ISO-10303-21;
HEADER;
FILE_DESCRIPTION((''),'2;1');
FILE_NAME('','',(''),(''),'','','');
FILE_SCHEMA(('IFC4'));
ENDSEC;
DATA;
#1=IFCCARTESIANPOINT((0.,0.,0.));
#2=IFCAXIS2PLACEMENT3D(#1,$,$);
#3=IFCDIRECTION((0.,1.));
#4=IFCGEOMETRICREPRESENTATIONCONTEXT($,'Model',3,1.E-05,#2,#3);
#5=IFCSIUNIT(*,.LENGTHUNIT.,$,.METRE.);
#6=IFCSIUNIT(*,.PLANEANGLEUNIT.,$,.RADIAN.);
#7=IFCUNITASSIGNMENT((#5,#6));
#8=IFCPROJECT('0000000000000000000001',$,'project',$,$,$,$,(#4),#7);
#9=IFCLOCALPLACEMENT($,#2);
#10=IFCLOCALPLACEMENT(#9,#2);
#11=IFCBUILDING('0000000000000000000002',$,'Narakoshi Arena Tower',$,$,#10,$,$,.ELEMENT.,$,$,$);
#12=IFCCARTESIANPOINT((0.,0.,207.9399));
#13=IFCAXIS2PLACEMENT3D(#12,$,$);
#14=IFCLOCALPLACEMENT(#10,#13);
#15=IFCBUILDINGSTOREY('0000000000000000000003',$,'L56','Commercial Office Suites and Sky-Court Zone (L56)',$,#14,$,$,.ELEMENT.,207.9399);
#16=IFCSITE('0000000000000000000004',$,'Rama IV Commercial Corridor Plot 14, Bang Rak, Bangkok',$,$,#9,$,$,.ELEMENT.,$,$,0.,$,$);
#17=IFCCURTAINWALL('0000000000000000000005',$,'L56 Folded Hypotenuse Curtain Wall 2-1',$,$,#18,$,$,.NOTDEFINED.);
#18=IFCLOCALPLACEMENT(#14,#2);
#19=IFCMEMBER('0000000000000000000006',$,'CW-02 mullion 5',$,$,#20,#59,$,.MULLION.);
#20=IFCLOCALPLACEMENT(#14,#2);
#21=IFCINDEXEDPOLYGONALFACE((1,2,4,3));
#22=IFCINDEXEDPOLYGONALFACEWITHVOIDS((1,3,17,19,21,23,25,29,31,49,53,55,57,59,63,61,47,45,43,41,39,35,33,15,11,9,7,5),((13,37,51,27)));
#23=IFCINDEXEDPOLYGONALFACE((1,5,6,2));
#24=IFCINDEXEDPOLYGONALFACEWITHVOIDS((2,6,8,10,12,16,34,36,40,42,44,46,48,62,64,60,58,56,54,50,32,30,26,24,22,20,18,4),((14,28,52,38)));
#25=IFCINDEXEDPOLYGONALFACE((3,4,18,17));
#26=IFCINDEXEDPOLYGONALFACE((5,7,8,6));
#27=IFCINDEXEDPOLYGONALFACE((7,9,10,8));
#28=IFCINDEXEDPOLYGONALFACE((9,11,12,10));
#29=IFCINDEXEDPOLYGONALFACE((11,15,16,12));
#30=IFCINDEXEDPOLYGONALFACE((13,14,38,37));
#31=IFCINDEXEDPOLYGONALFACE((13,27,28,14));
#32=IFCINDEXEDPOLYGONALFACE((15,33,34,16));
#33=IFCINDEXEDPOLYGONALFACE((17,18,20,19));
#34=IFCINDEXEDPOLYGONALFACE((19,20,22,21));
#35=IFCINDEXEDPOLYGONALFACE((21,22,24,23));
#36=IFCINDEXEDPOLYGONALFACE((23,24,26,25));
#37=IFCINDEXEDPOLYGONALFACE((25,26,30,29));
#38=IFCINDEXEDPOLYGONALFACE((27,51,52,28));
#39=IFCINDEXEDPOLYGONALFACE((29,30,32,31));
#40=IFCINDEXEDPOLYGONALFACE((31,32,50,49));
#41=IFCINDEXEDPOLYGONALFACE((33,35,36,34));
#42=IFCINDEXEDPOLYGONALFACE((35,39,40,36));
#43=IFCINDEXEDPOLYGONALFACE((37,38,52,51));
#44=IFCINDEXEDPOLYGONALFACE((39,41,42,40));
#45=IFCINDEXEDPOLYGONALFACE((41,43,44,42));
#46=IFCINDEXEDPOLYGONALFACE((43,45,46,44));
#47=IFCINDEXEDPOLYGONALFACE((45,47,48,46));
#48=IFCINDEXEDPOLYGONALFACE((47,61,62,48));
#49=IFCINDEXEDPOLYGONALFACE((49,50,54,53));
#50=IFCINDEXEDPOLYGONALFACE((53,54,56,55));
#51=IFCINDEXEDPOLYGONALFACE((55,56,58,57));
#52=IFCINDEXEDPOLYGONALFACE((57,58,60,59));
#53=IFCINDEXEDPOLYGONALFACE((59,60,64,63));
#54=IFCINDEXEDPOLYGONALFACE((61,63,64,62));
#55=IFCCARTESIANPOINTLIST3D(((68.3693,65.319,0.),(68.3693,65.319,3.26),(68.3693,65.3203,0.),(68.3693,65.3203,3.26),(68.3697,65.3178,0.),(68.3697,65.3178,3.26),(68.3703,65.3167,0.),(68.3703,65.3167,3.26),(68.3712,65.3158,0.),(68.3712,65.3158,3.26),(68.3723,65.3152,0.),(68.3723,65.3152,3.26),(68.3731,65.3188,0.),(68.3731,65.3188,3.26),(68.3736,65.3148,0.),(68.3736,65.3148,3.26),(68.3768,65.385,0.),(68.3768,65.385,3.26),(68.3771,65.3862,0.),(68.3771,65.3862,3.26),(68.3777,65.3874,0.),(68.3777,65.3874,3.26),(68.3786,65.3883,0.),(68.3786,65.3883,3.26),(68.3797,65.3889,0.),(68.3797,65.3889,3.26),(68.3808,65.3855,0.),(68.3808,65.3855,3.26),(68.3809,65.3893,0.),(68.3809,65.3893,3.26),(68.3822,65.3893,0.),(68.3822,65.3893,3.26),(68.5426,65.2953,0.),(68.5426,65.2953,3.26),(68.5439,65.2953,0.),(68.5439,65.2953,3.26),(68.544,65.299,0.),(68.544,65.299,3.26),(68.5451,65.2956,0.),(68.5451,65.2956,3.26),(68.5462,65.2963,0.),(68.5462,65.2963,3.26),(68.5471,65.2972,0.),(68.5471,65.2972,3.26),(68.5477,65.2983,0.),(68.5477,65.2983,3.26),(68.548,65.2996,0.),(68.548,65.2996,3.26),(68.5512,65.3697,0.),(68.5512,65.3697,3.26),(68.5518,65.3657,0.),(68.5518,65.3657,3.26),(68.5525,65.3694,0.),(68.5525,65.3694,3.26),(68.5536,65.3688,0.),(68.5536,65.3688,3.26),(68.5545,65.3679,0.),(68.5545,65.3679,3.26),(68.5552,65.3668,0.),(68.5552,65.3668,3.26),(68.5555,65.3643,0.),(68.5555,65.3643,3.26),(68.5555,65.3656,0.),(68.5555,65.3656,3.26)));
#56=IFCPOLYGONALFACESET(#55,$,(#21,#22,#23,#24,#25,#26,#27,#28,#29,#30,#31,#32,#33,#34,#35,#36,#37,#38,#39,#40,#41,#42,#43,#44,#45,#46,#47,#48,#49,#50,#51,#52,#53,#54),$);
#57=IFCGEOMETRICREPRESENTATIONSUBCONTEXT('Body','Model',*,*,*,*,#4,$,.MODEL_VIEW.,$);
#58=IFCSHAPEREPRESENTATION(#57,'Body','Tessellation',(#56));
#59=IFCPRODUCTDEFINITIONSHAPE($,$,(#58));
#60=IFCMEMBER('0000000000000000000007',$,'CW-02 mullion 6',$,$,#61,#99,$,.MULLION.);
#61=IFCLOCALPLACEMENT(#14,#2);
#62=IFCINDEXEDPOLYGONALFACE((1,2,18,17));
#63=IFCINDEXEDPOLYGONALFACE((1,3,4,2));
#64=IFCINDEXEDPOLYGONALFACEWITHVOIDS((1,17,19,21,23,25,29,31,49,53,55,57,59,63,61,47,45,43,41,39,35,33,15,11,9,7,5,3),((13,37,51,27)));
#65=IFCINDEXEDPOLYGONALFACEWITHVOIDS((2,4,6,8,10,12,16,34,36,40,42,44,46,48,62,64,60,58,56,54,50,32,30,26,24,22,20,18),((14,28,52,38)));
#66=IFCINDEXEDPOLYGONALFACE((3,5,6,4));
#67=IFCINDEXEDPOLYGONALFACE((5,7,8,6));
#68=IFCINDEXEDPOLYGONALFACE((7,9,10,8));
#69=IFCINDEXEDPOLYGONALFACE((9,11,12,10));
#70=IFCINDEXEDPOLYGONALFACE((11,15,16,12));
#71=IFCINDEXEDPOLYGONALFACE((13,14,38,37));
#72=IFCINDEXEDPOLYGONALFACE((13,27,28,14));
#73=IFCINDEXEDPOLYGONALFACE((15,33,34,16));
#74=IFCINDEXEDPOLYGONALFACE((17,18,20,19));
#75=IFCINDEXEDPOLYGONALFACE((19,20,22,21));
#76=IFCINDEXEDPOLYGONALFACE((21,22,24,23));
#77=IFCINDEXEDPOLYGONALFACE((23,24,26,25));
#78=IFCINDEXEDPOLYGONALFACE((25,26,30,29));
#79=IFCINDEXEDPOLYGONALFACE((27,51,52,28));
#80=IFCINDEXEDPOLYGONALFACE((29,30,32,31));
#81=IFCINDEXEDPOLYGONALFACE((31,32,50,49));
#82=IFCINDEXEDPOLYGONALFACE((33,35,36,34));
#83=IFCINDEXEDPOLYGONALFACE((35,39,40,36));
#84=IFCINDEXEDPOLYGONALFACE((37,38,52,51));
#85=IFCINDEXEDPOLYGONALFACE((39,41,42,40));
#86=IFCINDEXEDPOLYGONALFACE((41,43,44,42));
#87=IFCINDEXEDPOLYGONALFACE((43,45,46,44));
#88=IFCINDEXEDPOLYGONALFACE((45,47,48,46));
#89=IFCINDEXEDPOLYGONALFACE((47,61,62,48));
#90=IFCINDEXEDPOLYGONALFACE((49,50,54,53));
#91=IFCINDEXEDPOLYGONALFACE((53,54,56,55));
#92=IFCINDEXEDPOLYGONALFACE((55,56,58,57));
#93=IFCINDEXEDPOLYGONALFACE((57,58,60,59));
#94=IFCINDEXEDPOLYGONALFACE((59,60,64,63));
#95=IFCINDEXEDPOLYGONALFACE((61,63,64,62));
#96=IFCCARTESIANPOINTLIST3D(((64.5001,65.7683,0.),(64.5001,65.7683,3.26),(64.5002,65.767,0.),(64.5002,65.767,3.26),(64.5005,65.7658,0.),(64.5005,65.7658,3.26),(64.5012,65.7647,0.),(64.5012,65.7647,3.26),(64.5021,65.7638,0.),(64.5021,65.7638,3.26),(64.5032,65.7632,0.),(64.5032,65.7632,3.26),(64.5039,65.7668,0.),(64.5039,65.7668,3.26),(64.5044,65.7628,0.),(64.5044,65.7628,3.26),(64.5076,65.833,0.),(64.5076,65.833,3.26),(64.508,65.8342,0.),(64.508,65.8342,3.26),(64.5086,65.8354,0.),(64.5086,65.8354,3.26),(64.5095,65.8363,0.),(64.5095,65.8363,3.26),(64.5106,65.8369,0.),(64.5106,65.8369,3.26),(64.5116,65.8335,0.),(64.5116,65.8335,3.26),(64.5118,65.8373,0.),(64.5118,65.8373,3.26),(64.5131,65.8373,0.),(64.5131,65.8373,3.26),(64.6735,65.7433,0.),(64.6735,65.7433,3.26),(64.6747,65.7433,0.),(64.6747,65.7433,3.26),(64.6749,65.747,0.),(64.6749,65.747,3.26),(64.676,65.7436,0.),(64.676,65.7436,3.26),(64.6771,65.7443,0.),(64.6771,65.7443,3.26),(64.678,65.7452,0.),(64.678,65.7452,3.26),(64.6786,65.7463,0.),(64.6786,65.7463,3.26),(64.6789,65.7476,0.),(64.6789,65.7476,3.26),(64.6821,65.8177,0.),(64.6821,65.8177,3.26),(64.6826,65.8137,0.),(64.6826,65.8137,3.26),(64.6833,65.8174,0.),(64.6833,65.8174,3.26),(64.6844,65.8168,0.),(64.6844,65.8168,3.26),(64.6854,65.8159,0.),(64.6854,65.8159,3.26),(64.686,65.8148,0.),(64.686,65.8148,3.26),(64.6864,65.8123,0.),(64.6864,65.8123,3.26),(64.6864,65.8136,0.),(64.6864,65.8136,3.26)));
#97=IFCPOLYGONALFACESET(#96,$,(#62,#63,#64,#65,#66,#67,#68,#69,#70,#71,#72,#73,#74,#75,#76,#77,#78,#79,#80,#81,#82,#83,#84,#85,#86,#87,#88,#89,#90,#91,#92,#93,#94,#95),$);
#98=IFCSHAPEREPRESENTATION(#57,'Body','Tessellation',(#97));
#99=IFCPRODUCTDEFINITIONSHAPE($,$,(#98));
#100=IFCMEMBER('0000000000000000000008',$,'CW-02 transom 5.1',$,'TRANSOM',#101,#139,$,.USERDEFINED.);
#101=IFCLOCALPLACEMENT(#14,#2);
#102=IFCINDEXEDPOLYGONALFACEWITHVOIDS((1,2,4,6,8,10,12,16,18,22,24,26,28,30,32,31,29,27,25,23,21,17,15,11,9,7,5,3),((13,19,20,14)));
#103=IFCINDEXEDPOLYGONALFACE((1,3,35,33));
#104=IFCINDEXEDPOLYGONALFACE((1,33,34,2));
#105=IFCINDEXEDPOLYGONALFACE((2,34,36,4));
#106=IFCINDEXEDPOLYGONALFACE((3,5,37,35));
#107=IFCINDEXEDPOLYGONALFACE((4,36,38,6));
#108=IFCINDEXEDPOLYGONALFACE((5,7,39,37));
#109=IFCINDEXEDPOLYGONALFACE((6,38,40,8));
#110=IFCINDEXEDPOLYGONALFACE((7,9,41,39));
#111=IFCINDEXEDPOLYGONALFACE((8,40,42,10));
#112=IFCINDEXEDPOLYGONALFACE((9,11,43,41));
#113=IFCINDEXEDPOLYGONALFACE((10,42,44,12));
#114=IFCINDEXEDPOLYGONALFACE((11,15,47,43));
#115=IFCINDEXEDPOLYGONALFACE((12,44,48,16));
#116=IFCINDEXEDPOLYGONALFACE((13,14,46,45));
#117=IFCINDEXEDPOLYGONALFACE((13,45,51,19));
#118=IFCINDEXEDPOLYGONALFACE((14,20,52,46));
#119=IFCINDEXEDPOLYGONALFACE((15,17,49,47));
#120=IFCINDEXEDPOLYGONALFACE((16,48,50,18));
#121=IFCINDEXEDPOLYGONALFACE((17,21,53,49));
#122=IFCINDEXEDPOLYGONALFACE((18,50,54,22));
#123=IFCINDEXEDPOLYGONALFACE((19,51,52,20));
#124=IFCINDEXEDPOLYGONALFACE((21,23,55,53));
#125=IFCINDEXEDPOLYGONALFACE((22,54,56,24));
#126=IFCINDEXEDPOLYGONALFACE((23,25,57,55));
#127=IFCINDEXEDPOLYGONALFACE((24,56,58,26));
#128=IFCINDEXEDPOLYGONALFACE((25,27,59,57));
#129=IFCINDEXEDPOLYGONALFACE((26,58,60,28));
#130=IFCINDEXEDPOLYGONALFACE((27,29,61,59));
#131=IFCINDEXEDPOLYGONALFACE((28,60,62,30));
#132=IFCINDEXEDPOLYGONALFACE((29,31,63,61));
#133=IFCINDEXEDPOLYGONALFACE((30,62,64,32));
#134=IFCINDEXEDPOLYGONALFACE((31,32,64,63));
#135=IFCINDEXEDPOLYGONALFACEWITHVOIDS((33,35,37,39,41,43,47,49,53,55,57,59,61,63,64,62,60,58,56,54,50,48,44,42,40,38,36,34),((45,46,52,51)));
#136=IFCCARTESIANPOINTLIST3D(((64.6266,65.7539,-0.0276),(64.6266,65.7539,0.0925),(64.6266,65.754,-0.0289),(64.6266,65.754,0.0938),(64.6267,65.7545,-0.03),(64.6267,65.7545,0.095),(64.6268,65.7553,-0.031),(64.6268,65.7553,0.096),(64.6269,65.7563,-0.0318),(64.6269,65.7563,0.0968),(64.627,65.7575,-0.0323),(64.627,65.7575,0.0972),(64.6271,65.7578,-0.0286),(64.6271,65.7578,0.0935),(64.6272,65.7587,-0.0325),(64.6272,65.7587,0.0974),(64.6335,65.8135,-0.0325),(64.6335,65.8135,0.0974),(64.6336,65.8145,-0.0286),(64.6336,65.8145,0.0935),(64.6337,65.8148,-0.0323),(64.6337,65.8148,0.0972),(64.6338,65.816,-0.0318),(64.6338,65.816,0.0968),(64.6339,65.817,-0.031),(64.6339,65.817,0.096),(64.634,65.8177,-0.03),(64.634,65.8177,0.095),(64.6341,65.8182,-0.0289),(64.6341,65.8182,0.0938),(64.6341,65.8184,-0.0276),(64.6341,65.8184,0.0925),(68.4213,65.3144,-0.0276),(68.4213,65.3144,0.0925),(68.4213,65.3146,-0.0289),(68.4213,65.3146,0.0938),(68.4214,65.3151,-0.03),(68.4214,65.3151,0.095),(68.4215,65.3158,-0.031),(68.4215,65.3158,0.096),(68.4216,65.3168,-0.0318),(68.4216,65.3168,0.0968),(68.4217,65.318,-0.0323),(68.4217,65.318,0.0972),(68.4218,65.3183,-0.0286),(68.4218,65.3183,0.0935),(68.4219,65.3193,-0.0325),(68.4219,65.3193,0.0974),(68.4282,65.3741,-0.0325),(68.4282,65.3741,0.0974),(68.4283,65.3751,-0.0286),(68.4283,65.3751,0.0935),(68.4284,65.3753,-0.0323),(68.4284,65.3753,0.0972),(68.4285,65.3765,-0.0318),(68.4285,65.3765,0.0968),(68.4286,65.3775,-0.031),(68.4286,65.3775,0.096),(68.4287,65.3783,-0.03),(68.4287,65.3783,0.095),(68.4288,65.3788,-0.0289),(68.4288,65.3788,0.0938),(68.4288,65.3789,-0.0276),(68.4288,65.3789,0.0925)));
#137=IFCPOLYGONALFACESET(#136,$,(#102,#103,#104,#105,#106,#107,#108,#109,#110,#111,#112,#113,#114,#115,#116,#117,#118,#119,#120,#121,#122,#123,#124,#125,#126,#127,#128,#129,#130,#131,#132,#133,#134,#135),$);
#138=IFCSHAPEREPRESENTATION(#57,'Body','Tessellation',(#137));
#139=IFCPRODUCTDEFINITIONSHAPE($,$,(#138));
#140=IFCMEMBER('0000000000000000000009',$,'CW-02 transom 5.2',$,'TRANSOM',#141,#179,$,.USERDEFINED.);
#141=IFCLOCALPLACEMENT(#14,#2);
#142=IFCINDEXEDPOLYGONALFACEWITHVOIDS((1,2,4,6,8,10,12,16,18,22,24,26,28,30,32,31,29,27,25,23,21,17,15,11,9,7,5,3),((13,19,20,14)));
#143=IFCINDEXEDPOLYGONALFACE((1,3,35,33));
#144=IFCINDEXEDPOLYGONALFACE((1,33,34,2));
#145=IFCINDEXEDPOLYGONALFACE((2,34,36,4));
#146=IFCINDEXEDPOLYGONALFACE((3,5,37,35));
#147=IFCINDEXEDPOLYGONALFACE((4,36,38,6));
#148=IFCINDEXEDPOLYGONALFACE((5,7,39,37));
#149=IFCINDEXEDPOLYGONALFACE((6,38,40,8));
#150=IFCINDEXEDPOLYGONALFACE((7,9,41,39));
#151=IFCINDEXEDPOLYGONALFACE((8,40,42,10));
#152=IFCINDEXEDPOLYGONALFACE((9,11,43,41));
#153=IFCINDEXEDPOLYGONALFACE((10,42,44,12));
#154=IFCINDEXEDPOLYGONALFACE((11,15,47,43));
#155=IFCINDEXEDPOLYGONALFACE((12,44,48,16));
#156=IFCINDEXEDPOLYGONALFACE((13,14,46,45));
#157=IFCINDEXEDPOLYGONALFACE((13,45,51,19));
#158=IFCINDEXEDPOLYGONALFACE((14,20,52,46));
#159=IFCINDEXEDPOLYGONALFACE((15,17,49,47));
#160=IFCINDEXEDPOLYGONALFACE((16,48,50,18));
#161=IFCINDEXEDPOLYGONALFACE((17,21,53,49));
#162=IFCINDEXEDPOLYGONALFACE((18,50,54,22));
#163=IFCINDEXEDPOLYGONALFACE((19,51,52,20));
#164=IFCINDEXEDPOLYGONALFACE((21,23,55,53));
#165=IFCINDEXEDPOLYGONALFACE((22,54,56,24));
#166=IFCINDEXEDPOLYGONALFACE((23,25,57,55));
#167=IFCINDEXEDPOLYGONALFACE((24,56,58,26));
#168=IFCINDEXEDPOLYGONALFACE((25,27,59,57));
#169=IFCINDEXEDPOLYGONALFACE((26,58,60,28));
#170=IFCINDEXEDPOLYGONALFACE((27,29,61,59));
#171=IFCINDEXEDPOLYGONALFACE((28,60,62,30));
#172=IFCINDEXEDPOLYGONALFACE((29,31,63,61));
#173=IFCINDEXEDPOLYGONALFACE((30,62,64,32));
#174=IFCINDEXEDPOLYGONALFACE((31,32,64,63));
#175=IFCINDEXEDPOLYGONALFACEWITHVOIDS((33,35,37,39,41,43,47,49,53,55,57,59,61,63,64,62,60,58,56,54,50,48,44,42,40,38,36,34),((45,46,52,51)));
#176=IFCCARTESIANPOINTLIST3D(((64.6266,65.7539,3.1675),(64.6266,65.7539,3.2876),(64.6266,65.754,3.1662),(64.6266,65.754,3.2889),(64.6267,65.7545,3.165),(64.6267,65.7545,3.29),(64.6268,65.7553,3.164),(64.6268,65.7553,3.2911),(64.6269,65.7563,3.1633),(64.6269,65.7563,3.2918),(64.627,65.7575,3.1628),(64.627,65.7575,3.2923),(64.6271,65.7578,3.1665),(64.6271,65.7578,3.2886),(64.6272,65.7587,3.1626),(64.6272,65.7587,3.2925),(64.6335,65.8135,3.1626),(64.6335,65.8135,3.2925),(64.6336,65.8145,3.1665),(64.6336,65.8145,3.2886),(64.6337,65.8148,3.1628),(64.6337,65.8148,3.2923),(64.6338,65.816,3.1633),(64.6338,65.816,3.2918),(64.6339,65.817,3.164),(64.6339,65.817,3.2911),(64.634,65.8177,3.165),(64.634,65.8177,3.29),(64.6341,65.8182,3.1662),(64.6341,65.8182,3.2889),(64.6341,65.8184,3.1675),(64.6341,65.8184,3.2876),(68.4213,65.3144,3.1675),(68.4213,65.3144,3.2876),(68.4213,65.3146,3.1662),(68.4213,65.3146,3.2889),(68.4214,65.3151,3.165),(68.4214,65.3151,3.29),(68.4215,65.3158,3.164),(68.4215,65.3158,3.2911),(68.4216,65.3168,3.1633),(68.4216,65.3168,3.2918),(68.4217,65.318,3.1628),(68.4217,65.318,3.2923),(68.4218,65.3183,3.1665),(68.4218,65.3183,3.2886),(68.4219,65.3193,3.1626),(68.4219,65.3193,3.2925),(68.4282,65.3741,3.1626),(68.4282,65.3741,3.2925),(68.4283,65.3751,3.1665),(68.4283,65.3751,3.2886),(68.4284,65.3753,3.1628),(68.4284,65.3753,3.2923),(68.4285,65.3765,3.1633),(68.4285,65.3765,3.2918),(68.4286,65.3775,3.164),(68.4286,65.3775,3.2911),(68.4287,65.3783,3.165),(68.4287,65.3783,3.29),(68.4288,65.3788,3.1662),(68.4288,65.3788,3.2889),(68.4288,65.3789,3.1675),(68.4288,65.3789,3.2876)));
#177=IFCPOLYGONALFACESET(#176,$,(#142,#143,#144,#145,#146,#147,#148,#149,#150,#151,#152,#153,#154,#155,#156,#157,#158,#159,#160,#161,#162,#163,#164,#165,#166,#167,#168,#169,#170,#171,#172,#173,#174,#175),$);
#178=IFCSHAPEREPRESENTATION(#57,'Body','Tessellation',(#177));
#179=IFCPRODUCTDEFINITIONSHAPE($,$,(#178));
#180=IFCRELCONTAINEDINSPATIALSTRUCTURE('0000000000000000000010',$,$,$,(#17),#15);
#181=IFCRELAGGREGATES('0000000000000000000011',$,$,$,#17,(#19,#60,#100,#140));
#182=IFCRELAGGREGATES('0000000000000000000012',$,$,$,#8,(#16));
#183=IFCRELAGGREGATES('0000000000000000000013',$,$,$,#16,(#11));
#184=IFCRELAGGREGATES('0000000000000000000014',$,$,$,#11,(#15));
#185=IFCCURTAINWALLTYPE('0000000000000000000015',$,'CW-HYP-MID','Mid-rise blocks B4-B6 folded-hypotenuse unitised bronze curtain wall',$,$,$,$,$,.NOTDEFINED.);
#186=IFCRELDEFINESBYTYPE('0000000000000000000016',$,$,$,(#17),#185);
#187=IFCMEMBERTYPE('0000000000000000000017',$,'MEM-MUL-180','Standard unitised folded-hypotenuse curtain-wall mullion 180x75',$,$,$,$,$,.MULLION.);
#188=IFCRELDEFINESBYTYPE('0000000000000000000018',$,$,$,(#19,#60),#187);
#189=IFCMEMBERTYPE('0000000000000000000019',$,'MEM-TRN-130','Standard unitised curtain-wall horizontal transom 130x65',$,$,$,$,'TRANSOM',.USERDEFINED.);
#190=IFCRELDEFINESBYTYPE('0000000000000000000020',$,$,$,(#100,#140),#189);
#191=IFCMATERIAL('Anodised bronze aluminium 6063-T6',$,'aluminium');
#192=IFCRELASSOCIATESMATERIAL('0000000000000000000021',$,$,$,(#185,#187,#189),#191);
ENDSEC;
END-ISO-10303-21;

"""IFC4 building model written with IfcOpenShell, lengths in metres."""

from ifc_helpers import new_model, si_unit, direction, frame, origin, origin_2d, place, context, subcontext, project, spatial, hollow_rectangle, extrude, material, material_profile, profile_set, type_object, element, aggregate, save


model = new_model("IFC4")

# Units and contexts
model_context = context("Model", 3, precision=1e-05, world=origin(), true_north=direction((0.0, 1.0)))
body_context = subcontext(model_context, "Body", "Model", "MODEL_VIEW")
ifc_project = project(units=[si_unit("LENGTHUNIT", "METRE"), si_unit("PLANEANGLEUNIT", "RADIAN")], contexts=[model_context])

# Site, building, storey
site_placement = place(None, origin())
site = spatial("IfcSite", under=ifc_project, at=site_placement, Name="Rama IV Commercial Corridor Plot 14, Bang Rak, Bangkok", CompositionType="ELEMENT", RefElevation=0.0)
building_placement = place(site_placement, origin())
building = spatial("IfcBuilding", under=site, at=building_placement, Name="Narakoshi Arena Tower", CompositionType="ELEMENT")
storey_placement = place(building_placement, frame((0.0, 0.0, 207.9399)))
storey = spatial("IfcBuildingStorey", under=building, at=storey_placement, Name="L56", Description="Commercial Office Suites and Sky-Court Zone (L56)", CompositionType="ELEMENT", Elevation=207.9399)

# Curtain wall, members
ifc_material_1 = material(Name="Anodised bronze aluminium 6063-T6", Category="aluminium")
curtain_wall_type = type_object("IfcCurtainWallType", Name="CW-HYP-MID", Description="Mid-rise blocks B4-B6 folded-hypotenuse unitised bronze curtain wall", PredefinedType="NOTDEFINED", material=ifc_material_1)
curtain_wall_placement = place(storey_placement, origin())
curtain_wall = element("IfcCurtainWall", 1, at=curtain_wall_placement, inside=storey, type_object=curtain_wall_type, Name="L56 Folded Hypotenuse Curtain Wall 2-1", PredefinedType="NOTDEFINED")
ifc_material_profile_1 = material_profile(ifc_material_1, hollow_rectangle(XDim=0.075, YDim=0.1799, WallThickness=0.0039, OuterFilletRadius=0.0049, at=origin_2d()), Name="MUL180x75x4")
ifc_profile_set_1 = profile_set([ifc_material_profile_1], Name="Anodised bronze aluminium 6063-T6")
member_type_1 = type_object("IfcMemberType", Name="MEM-MUL-180", Description="Standard unitised folded-hypotenuse curtain-wall mullion 180x75", PredefinedType="MULLION", material=ifc_profile_set_1)
member_1_placement = place(storey_placement, frame((68.4624, 65.3423, 0.0), z_axis=(0.0, 0.0, 1.0), x_axis=(-0.115011, -0.993364, 0.0)))
member_1 = element("IfcMember", 2, at=member_1_placement, type_object=member_type_1, Name="CW-02 mullion 5", PredefinedType="MULLION", context=body_context, shape_type="SweptSolid", body=[
    extrude(hollow_rectangle(XDim=0.075, YDim=0.1799, WallThickness=0.0039, OuterFilletRadius=0.0049, at=origin_2d()), origin(), (0.0, 0.0, 1.0), 3.26),
])
member_2_placement = place(storey_placement, frame((64.5933, 65.7903, 0.0), z_axis=(0.0, 0.0, 1.0), x_axis=(-0.115011, -0.993364, 0.0)))
member_2 = element("IfcMember", 3, at=member_2_placement, type_object=member_type_1, Name="CW-02 mullion 6", PredefinedType="MULLION", context=body_context, shape_type="SweptSolid", body=[
    extrude(hollow_rectangle(XDim=0.075, YDim=0.1799, WallThickness=0.0039, OuterFilletRadius=0.0049, at=origin_2d()), origin(), (0.0, 0.0, 1.0), 3.26),
])
ifc_material_profile_2 = material_profile(ifc_material_1, hollow_rectangle(XDim=0.0649, YDim=0.1299, WallThickness=0.0039, OuterFilletRadius=0.0049, at=origin_2d()), Name="TRN130x65x4")
ifc_profile_set_2 = profile_set([ifc_material_profile_2], Name="Anodised bronze aluminium 6063-T6")
member_type_2 = type_object("IfcMemberType", Name="MEM-TRN-130", Description="Standard unitised curtain-wall horizontal transom 130x65", ElementType="TRANSOM", PredefinedType="USERDEFINED", material=ifc_profile_set_2)
member_3_placement = place(storey_placement, frame((68.425, 65.3467, 0.0325), z_axis=(-0.993361, 0.115039, 0.0), x_axis=(-0.115039, -0.993361, 0.0)))
member_3 = element("IfcMember", 4, at=member_3_placement, type_object=member_type_2, Name="CW-02 transom 5.1", ObjectType="TRANSOM", PredefinedType="USERDEFINED", context=body_context, shape_type="SweptSolid", body=[
    extrude(hollow_rectangle(XDim=0.0649, YDim=0.1299, WallThickness=0.0039, OuterFilletRadius=0.0049, at=origin_2d()), origin(), (0.0, 0.0, 1.0), 3.8201),
])
member_4_placement = place(storey_placement, frame((68.425, 65.3467, 3.2275), z_axis=(-0.993361, 0.115039, 0.0), x_axis=(-0.115039, -0.993361, 0.0)))
member_4 = element("IfcMember", 5, at=member_4_placement, type_object=member_type_2, Name="CW-02 transom 5.2", ObjectType="TRANSOM", PredefinedType="USERDEFINED", context=body_context, shape_type="SweptSolid", body=[
    extrude(hollow_rectangle(XDim=0.0649, YDim=0.1299, WallThickness=0.0039, OuterFilletRadius=0.0049, at=origin_2d()), origin(), (0.0, 0.0, 1.0), 3.8201),
])
aggregate(curtain_wall, [member_1, member_2, member_3, member_4])

save(model, "model.ifc")
